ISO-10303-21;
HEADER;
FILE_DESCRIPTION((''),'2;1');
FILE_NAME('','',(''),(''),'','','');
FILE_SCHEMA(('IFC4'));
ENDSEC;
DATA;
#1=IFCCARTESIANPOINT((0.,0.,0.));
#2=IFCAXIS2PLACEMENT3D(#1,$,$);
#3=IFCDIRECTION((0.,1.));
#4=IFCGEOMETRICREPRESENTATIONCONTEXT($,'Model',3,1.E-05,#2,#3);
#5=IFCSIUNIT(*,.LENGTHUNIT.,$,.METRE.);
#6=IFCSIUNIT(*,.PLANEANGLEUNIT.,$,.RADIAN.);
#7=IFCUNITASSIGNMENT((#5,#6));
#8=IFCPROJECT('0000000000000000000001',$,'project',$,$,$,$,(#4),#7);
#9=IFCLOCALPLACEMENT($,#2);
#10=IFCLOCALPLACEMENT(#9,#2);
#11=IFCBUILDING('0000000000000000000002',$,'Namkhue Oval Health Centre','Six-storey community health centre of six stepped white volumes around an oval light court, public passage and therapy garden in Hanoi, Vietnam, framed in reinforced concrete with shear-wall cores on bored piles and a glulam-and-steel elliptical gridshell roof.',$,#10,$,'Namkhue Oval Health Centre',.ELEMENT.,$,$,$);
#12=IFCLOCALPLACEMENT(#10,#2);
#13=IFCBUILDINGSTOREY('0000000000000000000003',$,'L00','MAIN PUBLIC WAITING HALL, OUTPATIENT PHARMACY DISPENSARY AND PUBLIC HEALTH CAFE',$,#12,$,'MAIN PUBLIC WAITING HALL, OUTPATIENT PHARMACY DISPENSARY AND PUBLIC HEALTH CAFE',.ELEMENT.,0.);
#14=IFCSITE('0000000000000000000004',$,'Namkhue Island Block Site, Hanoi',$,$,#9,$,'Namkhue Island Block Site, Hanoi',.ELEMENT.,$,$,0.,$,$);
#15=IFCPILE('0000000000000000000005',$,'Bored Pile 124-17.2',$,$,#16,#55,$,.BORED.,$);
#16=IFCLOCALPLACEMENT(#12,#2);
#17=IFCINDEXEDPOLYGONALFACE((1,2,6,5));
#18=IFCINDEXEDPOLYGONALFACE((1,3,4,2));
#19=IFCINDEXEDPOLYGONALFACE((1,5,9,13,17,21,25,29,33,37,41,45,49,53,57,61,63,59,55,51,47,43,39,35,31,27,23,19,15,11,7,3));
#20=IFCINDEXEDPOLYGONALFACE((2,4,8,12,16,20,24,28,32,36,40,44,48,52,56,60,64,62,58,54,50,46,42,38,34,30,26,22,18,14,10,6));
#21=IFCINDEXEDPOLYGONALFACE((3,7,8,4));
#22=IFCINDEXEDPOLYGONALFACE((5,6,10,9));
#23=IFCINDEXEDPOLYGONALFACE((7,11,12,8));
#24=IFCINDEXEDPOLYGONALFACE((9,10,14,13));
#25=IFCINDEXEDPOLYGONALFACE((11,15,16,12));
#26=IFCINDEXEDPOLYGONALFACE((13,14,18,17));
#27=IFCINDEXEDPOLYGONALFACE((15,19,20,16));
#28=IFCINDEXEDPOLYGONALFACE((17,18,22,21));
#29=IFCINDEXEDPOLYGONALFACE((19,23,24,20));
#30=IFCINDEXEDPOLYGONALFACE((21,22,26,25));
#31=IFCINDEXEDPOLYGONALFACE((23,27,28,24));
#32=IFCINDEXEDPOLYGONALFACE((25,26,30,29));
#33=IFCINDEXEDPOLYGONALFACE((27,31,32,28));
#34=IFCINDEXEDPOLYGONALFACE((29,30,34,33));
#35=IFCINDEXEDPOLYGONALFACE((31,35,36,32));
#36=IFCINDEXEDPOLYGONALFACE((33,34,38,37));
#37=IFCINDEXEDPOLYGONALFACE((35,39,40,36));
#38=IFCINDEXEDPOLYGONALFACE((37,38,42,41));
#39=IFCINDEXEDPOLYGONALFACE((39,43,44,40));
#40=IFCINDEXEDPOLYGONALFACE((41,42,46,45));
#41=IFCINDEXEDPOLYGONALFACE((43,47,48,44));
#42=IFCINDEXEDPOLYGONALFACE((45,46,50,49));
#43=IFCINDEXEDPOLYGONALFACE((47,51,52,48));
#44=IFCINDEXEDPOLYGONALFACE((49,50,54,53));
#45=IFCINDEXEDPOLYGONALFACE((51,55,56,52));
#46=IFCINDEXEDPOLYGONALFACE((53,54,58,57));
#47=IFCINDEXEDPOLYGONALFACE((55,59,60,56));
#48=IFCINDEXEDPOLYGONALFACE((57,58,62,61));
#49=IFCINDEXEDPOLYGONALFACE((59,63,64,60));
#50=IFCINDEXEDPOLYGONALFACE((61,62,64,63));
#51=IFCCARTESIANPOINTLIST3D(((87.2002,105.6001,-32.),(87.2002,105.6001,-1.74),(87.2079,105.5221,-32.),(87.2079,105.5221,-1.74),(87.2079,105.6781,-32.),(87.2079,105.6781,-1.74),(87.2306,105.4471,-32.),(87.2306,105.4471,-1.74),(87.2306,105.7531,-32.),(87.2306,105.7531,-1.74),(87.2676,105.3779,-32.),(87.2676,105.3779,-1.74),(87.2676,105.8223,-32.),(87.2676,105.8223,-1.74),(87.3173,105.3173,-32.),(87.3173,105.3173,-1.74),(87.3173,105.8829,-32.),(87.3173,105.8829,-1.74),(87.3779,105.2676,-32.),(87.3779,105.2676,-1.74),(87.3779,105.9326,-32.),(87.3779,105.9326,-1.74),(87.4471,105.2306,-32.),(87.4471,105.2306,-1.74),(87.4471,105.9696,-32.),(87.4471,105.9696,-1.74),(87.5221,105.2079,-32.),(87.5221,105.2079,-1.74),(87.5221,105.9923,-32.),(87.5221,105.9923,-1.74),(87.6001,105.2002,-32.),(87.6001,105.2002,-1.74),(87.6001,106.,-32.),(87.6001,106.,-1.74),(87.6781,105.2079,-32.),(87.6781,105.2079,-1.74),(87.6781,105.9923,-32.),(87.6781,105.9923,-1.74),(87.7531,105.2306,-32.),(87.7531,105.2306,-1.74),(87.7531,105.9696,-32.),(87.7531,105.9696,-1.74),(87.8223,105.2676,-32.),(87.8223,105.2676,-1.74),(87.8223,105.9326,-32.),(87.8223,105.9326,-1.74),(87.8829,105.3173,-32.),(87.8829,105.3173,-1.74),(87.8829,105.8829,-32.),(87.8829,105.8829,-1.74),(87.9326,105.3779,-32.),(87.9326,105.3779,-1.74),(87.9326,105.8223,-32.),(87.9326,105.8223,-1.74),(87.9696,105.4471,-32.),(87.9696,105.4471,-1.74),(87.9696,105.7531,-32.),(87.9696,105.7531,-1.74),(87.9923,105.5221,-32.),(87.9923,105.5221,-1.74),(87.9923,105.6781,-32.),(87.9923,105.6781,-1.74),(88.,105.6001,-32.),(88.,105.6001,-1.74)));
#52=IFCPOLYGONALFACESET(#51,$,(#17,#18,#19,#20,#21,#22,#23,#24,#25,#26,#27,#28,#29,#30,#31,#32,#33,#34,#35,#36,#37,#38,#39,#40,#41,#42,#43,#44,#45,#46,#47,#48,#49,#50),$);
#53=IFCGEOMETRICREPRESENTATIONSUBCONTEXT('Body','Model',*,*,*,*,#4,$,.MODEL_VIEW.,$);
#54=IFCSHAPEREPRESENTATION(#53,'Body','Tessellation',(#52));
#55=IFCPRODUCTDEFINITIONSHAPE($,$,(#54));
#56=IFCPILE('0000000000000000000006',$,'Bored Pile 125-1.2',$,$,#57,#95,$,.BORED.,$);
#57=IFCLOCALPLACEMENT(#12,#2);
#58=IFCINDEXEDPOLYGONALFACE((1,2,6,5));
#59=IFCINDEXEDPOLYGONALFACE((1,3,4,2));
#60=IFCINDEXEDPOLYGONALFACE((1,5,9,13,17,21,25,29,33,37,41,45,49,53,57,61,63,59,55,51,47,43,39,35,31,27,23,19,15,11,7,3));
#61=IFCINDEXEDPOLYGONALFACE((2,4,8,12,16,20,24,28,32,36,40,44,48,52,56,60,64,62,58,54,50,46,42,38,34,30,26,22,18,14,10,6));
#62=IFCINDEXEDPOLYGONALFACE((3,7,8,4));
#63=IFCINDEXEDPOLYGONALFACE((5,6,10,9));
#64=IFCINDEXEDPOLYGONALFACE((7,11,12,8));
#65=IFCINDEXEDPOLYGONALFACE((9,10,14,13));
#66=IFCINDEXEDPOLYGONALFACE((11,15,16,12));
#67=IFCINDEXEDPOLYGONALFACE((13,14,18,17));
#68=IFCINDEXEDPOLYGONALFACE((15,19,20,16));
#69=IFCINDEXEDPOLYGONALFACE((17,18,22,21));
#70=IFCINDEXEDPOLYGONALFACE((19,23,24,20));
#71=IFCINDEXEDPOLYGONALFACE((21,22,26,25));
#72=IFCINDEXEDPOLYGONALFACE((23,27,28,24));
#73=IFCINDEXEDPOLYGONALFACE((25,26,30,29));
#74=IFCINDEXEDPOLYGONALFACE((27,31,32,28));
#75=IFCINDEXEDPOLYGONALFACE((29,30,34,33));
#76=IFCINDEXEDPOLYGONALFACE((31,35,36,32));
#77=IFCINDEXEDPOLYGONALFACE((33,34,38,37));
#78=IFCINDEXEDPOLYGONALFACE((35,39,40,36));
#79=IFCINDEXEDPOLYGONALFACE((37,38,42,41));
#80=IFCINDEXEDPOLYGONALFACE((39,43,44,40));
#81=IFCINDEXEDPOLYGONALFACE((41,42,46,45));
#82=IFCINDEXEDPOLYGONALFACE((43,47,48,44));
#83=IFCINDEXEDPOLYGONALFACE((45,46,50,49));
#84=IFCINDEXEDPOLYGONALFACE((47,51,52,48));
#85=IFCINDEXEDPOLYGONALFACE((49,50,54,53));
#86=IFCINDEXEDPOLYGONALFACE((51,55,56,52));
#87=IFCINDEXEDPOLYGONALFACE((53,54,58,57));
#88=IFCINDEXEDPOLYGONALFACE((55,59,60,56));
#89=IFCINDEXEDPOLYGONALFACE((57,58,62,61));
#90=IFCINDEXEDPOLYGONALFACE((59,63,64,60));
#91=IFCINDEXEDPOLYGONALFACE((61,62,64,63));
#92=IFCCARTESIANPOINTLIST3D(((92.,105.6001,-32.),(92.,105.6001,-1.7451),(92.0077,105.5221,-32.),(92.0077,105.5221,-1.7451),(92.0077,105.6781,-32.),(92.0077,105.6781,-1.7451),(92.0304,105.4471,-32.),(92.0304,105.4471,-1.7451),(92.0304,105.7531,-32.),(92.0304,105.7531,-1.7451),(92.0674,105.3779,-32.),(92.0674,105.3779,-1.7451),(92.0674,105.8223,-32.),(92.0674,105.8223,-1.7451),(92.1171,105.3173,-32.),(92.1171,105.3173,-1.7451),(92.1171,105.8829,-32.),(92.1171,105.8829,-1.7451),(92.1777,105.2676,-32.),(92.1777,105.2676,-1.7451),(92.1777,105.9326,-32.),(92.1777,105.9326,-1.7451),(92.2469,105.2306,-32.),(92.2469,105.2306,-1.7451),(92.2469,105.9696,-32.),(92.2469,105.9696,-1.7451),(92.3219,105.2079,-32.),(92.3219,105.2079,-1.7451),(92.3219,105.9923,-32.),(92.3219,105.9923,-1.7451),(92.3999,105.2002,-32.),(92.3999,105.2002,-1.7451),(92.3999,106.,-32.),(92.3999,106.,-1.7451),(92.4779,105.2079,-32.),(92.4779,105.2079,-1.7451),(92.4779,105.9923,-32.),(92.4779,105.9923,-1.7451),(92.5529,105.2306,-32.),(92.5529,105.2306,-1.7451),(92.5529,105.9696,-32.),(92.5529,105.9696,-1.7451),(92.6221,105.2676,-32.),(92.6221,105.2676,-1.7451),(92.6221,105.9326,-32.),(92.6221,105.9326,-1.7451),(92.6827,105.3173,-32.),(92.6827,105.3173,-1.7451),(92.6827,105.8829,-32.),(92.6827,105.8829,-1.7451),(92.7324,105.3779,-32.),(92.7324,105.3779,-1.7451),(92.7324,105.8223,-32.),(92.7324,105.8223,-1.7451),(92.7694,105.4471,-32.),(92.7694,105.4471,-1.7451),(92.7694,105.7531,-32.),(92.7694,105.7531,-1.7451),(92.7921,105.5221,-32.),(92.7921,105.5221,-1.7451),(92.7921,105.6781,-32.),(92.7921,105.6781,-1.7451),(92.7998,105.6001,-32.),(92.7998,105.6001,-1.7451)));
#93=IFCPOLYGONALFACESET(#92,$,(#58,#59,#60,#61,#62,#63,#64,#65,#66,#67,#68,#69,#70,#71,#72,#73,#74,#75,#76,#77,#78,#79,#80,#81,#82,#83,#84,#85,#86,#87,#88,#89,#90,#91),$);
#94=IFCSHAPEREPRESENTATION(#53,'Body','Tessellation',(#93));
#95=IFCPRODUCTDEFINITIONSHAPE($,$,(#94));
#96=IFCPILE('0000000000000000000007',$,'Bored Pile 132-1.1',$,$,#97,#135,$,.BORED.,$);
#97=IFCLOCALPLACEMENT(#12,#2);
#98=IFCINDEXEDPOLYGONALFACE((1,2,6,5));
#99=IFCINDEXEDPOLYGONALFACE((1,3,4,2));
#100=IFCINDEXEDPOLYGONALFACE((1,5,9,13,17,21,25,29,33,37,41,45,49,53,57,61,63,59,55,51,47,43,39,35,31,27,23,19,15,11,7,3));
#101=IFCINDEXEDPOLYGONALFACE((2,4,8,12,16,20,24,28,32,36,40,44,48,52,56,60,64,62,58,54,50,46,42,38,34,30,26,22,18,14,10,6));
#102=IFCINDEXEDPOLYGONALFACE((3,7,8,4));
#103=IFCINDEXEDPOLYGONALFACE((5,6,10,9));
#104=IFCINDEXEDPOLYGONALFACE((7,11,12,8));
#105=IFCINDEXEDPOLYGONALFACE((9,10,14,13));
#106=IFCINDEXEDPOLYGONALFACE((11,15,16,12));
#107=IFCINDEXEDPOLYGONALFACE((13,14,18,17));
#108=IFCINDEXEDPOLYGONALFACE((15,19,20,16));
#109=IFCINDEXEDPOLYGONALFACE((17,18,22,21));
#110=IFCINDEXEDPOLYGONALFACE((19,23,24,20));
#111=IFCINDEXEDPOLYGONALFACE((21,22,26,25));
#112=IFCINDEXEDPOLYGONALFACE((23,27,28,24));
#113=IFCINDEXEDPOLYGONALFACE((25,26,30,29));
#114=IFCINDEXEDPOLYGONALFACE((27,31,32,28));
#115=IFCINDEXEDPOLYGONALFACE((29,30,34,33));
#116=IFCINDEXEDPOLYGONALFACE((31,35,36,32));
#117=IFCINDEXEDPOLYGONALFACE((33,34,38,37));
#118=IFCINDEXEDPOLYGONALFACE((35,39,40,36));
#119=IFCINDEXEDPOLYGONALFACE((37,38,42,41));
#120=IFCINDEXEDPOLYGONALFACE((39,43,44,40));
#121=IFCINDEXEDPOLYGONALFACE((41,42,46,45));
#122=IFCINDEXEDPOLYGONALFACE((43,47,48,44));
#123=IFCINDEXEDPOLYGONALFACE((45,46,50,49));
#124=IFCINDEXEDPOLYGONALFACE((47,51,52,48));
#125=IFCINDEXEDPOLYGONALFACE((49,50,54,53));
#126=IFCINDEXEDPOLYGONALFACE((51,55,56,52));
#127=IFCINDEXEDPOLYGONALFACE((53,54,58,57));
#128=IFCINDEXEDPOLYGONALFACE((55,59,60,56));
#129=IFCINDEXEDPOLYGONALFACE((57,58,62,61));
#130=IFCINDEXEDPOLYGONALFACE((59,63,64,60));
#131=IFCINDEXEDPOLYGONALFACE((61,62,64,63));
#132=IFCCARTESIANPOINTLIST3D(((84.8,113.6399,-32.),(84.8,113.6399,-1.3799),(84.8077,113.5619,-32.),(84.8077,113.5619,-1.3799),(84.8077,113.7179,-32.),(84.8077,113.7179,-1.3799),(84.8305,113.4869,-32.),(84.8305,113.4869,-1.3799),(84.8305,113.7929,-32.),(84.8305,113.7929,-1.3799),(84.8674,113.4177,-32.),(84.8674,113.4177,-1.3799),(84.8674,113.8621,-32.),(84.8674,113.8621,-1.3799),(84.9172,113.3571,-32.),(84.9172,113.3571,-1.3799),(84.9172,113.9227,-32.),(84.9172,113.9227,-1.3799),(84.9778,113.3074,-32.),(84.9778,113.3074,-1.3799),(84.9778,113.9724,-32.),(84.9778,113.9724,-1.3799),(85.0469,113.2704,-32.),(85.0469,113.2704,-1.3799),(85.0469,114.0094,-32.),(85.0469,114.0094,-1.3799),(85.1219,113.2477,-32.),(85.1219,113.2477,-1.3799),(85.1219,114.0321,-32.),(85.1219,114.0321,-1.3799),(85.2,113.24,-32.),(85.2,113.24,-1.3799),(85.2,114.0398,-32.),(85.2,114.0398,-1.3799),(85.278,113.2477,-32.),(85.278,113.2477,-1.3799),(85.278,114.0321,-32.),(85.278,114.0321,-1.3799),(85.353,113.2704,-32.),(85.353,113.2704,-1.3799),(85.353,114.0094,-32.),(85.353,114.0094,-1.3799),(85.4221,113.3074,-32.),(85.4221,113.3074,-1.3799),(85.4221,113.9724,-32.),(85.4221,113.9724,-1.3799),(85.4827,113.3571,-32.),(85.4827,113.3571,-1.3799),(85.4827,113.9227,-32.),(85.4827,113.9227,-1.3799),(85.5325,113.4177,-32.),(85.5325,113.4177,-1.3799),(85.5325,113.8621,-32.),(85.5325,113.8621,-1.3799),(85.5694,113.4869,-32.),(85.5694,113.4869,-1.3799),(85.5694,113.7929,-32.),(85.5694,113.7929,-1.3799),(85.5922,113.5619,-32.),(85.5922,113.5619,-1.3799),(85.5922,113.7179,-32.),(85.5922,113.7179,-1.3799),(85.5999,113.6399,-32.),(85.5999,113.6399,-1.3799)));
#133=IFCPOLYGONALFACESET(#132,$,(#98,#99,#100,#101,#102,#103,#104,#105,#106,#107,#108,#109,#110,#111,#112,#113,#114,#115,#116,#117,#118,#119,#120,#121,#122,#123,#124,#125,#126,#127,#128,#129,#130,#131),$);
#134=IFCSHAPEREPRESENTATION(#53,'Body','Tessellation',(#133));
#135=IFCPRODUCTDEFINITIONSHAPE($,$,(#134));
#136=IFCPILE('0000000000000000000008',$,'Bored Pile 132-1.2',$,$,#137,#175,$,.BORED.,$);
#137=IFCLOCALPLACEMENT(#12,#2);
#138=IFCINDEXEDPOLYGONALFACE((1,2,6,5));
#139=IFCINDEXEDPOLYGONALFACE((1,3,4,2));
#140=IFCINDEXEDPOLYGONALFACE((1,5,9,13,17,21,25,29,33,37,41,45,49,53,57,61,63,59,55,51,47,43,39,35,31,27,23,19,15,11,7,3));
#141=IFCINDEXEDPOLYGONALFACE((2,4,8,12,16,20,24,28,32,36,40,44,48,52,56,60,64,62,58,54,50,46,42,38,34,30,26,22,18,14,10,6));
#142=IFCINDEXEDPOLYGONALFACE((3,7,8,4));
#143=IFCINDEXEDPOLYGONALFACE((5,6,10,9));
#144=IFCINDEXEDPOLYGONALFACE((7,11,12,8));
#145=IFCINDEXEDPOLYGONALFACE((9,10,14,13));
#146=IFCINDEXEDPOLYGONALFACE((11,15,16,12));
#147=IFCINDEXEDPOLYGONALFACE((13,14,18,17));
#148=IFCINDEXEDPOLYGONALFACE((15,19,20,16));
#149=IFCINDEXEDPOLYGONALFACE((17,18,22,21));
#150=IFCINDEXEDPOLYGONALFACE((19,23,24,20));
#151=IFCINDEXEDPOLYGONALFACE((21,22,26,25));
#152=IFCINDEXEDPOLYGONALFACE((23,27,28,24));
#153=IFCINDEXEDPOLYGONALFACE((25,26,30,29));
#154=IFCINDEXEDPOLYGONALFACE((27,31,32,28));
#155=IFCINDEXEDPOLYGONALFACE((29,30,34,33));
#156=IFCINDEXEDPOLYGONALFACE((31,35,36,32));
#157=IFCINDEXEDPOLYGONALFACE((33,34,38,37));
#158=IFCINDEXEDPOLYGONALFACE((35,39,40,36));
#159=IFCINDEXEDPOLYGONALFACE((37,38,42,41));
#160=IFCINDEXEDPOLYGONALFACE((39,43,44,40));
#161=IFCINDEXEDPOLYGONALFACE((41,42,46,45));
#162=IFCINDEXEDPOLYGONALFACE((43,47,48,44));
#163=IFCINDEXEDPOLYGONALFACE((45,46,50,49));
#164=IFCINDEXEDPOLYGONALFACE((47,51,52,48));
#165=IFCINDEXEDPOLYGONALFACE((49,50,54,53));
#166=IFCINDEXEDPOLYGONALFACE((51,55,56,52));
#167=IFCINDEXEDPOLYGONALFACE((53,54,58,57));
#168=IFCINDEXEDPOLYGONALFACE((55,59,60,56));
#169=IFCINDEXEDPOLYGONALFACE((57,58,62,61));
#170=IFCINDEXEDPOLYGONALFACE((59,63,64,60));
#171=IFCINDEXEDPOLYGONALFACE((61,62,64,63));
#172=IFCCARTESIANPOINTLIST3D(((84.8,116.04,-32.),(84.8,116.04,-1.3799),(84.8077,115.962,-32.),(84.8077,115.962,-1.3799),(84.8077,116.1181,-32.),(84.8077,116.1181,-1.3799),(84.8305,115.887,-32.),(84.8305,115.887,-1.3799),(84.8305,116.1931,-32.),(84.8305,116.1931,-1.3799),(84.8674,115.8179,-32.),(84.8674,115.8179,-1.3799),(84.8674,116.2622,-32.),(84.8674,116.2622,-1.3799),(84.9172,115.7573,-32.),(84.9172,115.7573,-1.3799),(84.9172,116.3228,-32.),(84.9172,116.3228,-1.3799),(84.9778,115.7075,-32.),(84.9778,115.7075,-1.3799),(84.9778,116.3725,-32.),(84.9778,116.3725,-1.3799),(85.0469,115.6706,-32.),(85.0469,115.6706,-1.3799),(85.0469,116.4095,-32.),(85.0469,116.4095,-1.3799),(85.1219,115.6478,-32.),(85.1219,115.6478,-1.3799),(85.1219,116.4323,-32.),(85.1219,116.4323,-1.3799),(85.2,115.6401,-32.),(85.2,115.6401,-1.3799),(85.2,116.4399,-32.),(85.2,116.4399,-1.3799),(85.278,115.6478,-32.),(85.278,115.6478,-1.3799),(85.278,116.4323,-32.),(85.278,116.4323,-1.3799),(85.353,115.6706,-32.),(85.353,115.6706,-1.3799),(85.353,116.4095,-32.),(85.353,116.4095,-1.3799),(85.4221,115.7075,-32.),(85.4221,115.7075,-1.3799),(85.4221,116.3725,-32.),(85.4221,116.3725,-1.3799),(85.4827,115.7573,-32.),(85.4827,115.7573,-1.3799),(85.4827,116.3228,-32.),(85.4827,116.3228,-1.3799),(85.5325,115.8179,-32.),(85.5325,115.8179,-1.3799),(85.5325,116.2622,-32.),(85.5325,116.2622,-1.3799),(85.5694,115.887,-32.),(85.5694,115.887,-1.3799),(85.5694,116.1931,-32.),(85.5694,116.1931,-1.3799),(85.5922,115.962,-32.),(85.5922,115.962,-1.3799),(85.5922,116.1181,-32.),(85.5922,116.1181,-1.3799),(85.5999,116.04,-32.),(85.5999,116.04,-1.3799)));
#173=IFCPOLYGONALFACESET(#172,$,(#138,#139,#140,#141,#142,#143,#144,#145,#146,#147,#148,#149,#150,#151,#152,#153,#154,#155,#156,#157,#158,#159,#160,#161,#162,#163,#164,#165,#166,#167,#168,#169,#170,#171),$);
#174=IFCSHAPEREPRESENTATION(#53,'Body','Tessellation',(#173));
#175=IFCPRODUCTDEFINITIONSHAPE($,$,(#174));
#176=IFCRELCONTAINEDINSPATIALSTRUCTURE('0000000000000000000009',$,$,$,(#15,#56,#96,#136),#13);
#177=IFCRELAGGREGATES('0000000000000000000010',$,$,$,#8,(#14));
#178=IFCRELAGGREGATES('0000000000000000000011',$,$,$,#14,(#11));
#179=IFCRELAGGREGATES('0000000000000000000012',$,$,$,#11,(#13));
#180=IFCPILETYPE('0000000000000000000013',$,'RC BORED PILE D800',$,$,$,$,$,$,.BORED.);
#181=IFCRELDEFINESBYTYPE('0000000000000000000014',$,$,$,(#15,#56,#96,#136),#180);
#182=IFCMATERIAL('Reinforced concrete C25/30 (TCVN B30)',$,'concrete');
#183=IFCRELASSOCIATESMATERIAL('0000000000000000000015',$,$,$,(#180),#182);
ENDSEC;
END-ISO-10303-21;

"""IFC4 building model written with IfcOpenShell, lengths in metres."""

from ifc_helpers import new_model, si_unit, direction, frame, origin, origin_2d, place, context, subcontext, project, spatial, circle, extrude, material, material_profile, profile_set, type_object, element, save


model = new_model("IFC4")

# Units and contexts
model_context = context("Model", 3, precision=1e-05, world=origin(), true_north=direction((0.0, 1.0)))
body_context = subcontext(model_context, "Body", "Model", "MODEL_VIEW")
ifc_project = project(units=[si_unit("LENGTHUNIT", "METRE"), si_unit("PLANEANGLEUNIT", "RADIAN")], contexts=[model_context])

# Site, building, storey
site_placement = place(None, origin())
site = spatial("IfcSite", under=ifc_project, at=site_placement, Name="Namkhue Island Block Site, Hanoi", LongName="Namkhue Island Block Site, Hanoi", CompositionType="ELEMENT", RefElevation=0.0)
building_placement = place(site_placement, origin())
building = spatial("IfcBuilding", under=site, at=building_placement, Name="Namkhue Oval Health Centre", Description="Six-storey community health centre of six stepped white volumes around an oval light court, public passage and therapy garden in Hanoi, Vietnam, framed in reinforced concrete with shear-wall cores on bored piles and a glulam-and-steel elliptical gridshell roof.", LongName="Namkhue Oval Health Centre", CompositionType="ELEMENT")
storey_placement = place(building_placement, origin())
storey = spatial("IfcBuildingStorey", under=building, at=storey_placement, Name="L00", Description="MAIN PUBLIC WAITING HALL, OUTPATIENT PHARMACY DISPENSARY AND PUBLIC HEALTH CAFE", LongName="MAIN PUBLIC WAITING HALL, OUTPATIENT PHARMACY DISPENSARY AND PUBLIC HEALTH CAFE", CompositionType="ELEMENT", Elevation=0.0)

# Piles
ifc_material_1 = material(Name="Reinforced concrete C25/30 (TCVN B30)", Category="concrete")
ifc_material_profile_1 = material_profile(ifc_material_1, circle(Radius=0.3999, at=origin_2d()), Name="BORED PILE D800")
ifc_profile_set_1 = profile_set([ifc_material_profile_1], Name="Reinforced concrete C25/30 (TCVN B30)")
pile_type = type_object("IfcPileType", Name="RC BORED PILE D800", PredefinedType="BORED", material=ifc_profile_set_1)
for number, where, z_axis, x_axis, name in (
    (1, (87.6001, 105.6001, -1.74), (0.0, 0.0, -1.0), (1.0, 0.0, 0.0), "Bored Pile 124-17.2"),
):
    element("IfcPile", number, at=place(storey_placement, frame(where, z_axis=z_axis, x_axis=x_axis)), inside=storey, type_object=pile_type, Name=name, PredefinedType="BORED", context=body_context, shape_type="SweptSolid", body=[
        extrude(circle(Radius=0.3999, at=origin_2d()), origin(), (0.0, 0.0, 1.0), 30.26),
    ])
pile_placement = place(storey_placement, frame((92.3999, 105.6001, -1.7451), z_axis=(0.0, 0.0, -1.0), x_axis=(1.0, 0.0, 0.0)))
element("IfcPile", 2, at=pile_placement, inside=storey, type_object=pile_type, Name="Bored Pile 125-1.2", PredefinedType="BORED", context=body_context, shape_type="SweptSolid", body=[
    extrude(circle(Radius=0.3999, at=origin_2d()), origin(), (0.0, 0.0, 1.0), 30.2549),
])
for number, where, z_axis, x_axis, name in (
    (3, (85.2, 113.6399, -1.3799), (0.0, 0.0, -1.0), (1.0, 0.0, 0.0), "Bored Pile 132-1.1"),
    (4, (85.2, 116.04, -1.3799), (0.0, 0.0, -1.0), (1.0, 0.0, 0.0), "Bored Pile 132-1.2"),
):
    element("IfcPile", number, at=place(storey_placement, frame(where, z_axis=z_axis, x_axis=x_axis)), inside=storey, type_object=pile_type, Name=name, PredefinedType="BORED", context=body_context, shape_type="SweptSolid", body=[
        extrude(circle(Radius=0.3999, at=origin_2d()), origin(), (0.0, 0.0, 1.0), 30.6201),
    ])

save(model, "model.ifc")
